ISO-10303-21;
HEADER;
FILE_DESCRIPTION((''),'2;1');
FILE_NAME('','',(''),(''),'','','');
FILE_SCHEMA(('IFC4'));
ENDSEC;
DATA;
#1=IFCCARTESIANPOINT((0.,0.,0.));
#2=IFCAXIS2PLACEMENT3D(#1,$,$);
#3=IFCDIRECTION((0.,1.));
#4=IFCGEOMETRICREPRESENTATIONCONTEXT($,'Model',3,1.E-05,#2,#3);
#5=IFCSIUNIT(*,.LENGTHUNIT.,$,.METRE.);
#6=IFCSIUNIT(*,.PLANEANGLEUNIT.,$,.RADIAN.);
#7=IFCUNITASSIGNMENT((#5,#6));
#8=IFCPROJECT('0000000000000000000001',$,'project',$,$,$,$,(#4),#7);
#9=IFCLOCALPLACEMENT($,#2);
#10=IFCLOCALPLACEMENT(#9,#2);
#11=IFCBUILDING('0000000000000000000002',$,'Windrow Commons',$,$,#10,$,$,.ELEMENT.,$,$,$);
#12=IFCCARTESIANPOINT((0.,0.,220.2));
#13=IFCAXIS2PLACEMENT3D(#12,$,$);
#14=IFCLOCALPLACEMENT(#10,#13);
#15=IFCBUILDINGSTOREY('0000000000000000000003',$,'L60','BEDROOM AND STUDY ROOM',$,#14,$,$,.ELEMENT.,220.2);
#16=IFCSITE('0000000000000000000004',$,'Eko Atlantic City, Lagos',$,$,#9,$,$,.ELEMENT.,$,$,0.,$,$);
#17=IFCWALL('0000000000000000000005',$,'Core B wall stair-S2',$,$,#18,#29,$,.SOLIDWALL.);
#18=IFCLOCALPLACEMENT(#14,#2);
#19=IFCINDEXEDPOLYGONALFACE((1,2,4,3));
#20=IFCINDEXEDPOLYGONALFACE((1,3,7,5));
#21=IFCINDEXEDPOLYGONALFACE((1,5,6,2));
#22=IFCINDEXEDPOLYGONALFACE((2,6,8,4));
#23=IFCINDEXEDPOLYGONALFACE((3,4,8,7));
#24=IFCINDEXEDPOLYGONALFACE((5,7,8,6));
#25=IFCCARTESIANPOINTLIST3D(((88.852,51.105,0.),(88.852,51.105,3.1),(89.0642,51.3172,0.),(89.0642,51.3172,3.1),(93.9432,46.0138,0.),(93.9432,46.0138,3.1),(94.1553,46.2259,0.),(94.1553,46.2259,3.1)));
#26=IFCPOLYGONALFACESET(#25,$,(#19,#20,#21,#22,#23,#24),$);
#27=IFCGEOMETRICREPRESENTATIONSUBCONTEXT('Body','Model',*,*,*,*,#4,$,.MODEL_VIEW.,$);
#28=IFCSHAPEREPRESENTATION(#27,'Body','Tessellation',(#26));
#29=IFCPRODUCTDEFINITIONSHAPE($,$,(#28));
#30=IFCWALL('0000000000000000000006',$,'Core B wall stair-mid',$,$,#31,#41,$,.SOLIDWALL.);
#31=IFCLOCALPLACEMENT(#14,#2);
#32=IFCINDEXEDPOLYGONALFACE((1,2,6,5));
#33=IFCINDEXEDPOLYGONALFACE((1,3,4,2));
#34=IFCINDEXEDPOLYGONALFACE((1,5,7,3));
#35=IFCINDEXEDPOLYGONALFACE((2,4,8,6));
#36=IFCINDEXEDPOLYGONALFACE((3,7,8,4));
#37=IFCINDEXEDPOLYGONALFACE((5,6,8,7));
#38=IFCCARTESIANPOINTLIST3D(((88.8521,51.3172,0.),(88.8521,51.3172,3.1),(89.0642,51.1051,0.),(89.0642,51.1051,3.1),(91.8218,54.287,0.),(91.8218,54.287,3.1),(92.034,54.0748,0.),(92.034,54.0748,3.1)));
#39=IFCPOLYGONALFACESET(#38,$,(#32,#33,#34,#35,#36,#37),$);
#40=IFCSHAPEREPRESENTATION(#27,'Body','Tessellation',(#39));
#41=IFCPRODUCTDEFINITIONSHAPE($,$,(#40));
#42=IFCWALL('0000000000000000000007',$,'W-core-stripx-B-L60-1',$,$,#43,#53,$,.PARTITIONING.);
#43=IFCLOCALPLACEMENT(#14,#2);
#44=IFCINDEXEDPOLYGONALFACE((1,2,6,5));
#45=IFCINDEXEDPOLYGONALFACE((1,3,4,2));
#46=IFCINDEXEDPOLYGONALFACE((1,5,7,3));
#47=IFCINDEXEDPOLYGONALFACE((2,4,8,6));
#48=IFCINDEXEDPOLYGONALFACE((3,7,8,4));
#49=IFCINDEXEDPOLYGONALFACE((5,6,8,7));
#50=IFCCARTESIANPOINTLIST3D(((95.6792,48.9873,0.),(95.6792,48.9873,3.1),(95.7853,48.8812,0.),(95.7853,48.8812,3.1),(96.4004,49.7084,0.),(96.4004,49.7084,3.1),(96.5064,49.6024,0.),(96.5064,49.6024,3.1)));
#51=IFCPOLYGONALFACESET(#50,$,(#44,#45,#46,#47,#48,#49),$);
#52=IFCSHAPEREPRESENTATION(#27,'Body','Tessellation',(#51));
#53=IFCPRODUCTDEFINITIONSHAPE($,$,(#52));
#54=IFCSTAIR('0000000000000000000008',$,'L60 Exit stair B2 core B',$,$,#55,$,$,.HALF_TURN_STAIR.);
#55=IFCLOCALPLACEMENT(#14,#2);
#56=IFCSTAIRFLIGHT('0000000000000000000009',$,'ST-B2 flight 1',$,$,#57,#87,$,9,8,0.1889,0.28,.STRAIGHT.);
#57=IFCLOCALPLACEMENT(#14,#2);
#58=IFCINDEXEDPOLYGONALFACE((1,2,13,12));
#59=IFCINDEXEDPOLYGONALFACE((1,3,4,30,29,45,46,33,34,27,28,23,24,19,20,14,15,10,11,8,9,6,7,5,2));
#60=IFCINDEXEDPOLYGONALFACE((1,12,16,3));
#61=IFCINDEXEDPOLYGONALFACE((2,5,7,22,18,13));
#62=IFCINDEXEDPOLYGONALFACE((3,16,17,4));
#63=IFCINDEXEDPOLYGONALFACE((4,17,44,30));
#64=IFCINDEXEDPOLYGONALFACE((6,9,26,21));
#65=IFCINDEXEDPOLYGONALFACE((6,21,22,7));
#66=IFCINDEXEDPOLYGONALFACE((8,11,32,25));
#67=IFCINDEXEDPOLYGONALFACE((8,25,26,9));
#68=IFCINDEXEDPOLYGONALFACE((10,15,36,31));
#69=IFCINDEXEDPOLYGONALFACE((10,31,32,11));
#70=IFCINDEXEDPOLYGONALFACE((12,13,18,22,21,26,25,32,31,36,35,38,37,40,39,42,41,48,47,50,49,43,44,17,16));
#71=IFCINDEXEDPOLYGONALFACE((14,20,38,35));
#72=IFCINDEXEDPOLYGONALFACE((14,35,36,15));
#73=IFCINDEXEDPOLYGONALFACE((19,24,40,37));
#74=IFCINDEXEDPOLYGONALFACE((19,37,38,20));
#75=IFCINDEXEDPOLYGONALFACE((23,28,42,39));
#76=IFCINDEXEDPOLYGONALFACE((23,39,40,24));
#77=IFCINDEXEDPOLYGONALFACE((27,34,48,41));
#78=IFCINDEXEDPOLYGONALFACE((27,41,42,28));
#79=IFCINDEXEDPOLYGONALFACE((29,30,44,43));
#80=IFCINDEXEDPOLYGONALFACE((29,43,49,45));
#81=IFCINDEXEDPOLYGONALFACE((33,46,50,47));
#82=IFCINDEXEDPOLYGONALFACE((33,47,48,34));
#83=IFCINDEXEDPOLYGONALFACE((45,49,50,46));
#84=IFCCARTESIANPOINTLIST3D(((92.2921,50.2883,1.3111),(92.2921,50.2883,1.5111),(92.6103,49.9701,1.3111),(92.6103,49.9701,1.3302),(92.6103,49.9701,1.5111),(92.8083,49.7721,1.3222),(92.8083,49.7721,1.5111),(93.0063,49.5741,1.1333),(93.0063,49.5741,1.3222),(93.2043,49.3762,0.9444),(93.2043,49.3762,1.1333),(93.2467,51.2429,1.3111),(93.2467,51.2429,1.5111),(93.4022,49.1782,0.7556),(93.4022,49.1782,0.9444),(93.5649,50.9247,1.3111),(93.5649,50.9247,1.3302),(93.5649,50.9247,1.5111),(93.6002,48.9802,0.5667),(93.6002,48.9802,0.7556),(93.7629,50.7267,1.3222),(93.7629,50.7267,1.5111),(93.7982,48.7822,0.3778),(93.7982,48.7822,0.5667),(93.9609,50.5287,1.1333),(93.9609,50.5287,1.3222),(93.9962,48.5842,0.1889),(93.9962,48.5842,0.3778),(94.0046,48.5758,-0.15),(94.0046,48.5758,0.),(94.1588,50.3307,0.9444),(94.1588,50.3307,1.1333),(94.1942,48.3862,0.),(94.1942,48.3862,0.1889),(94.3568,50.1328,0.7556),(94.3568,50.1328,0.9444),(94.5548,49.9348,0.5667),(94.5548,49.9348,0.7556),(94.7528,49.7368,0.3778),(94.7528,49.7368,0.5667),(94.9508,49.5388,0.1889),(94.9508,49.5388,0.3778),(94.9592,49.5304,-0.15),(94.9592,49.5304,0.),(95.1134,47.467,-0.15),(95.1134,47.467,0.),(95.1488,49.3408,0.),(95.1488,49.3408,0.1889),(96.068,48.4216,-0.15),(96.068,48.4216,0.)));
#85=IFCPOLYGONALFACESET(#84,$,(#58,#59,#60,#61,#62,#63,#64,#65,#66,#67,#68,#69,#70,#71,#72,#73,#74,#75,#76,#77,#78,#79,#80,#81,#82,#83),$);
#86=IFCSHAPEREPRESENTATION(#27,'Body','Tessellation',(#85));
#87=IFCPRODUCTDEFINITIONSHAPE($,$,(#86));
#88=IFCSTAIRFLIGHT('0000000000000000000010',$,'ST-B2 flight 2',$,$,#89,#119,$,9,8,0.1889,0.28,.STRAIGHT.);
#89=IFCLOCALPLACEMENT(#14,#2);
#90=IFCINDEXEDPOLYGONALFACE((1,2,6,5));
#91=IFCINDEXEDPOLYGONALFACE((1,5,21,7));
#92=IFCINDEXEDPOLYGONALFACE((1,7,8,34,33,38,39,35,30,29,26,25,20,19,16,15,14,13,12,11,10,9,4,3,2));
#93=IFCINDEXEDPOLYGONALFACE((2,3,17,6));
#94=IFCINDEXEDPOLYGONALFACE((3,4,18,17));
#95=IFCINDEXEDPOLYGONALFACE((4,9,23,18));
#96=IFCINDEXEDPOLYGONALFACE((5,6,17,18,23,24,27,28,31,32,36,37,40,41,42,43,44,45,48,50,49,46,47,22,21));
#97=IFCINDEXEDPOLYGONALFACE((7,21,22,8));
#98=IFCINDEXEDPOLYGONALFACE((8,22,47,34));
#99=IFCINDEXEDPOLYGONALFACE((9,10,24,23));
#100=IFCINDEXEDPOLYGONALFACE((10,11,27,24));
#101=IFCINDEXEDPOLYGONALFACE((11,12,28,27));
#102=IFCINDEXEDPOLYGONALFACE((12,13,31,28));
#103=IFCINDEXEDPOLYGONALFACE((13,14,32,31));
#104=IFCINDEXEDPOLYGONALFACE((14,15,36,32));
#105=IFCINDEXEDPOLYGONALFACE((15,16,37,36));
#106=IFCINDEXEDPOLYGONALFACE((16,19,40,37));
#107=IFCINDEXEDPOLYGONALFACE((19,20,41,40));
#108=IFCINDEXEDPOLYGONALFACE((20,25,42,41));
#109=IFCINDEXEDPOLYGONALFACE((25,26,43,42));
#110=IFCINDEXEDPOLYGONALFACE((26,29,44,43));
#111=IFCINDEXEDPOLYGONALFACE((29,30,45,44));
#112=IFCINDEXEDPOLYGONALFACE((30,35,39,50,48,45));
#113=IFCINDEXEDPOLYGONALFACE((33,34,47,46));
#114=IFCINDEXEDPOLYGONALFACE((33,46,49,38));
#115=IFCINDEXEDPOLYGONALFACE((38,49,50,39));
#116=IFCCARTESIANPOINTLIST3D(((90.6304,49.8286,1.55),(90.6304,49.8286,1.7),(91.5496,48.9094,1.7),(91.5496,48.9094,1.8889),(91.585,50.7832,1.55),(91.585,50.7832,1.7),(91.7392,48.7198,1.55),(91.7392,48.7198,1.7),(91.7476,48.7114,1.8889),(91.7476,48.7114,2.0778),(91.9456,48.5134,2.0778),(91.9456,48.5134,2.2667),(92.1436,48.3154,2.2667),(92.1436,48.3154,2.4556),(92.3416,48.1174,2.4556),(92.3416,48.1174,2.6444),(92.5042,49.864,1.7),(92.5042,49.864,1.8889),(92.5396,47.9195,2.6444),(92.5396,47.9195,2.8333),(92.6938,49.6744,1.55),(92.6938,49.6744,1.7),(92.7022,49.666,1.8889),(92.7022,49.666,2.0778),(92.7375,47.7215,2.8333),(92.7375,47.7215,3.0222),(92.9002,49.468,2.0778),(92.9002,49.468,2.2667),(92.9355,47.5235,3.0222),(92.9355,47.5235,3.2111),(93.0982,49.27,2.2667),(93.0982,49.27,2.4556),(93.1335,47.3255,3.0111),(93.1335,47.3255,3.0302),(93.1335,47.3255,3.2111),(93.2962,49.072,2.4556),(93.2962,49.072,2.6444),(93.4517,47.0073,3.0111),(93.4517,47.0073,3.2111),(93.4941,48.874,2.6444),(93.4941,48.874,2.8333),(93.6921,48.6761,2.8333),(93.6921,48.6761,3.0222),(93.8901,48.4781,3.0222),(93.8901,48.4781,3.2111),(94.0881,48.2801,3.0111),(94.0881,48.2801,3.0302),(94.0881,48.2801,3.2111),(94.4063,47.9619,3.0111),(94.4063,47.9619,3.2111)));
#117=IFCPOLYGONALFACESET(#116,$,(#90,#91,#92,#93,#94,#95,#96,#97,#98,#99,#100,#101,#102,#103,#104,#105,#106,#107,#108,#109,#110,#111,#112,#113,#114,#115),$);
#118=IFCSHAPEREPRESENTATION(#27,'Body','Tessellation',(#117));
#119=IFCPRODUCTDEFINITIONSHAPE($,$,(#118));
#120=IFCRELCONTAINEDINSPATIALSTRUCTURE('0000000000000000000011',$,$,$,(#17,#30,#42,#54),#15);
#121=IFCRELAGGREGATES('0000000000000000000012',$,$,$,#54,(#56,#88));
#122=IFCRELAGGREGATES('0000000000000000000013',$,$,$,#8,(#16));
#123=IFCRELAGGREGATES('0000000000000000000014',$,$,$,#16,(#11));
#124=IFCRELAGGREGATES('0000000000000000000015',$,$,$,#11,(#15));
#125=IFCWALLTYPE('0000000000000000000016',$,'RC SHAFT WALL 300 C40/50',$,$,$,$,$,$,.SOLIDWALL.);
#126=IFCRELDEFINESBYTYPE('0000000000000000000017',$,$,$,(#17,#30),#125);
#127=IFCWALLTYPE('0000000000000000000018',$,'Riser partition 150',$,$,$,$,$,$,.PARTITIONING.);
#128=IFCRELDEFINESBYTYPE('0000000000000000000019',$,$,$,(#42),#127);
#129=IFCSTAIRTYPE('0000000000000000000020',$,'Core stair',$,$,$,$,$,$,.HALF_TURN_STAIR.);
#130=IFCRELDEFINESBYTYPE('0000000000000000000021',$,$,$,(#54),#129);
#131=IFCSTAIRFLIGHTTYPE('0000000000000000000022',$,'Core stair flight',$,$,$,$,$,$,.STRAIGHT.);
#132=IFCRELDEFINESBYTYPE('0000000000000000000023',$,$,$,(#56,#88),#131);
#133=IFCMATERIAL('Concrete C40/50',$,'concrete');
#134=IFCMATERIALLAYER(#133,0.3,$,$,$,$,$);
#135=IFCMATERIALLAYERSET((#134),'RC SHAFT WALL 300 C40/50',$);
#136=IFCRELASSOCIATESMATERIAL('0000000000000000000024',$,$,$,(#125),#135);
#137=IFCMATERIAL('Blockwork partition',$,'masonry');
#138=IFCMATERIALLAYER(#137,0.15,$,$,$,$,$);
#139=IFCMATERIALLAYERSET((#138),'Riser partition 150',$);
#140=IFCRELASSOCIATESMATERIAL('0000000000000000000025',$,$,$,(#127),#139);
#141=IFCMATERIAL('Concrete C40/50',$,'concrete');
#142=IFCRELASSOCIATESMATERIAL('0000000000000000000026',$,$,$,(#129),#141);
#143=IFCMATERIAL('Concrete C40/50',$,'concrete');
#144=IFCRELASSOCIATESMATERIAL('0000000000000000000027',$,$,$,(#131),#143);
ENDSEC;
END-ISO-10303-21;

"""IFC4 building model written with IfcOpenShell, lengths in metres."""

from ifc_helpers import new_model, si_unit, direction, frame, frame_2d, origin, place, context, subcontext, project, spatial, polyline, rectangle, outline, extrude, material, layer, layer_set, type_object, element, aggregate, save


model = new_model("IFC4")

# Units and contexts
model_context = context("Model", 3, precision=1e-05, world=origin(), true_north=direction((0.0, 1.0)))
body_context = subcontext(model_context, "Body", "Model", "MODEL_VIEW")
ifc_project = project(units=[si_unit("LENGTHUNIT", "METRE"), si_unit("PLANEANGLEUNIT", "RADIAN")], contexts=[model_context])

# Site, building, storey
site_placement = place(None, origin())
site = spatial("IfcSite", under=ifc_project, at=site_placement, Name="Eko Atlantic City, Lagos", CompositionType="ELEMENT", RefElevation=0.0)
building_placement = place(site_placement, origin())
building = spatial("IfcBuilding", under=site, at=building_placement, Name="Windrow Commons", CompositionType="ELEMENT")
storey_placement = place(building_placement, frame((0.0, 0.0, 220.2)))
storey = spatial("IfcBuildingStorey", under=building, at=storey_placement, Name="L60", Description="BEDROOM AND STUDY ROOM", CompositionType="ELEMENT", Elevation=220.2)

# Walls
ifc_material_1 = material(Name="Concrete C40/50", Category="concrete")
ifc_layer_1 = layer(ifc_material_1, 0.3)
ifc_layer_set_1 = layer_set([ifc_layer_1], Name="RC SHAFT WALL 300 C40/50")
wall_type_1 = type_object("IfcWallType", Name="RC SHAFT WALL 300 C40/50", PredefinedType="SOLIDWALL", material=ifc_layer_set_1)
wall_1_placement = place(storey_placement, frame((88.9581, 51.2111, 0.0), z_axis=(0.0, 0.0, 1.0), x_axis=(0.7071, -0.707114, 0.0)))
element("IfcWall", 1, at=wall_1_placement, inside=storey, type_object=wall_type_1, Name="Core B wall stair-S2", PredefinedType="SOLIDWALL", context=body_context, shape_type="SweptSolid", body=[
    extrude(rectangle(XDim=7.2, YDim=0.3, at=frame_2d((3.6, 0.0))), origin(), (0.0, 0.0, 1.0), 3.1),
])
wall_2_placement = place(storey_placement, frame((88.9581, 51.2111, 0.0), z_axis=(0.0, 0.0, 1.0), x_axis=(0.707107, 0.707107, 0.0)))
element("IfcWall", 2, at=wall_2_placement, inside=storey, type_object=wall_type_1, Name="Core B wall stair-mid", PredefinedType="SOLIDWALL", context=body_context, shape_type="SweptSolid", body=[
    extrude(rectangle(XDim=4.1999, YDim=0.3, at=frame_2d((2.1, 0.0))), origin(), (0.0, 0.0, 1.0), 3.1),
])
ifc_material_2 = material(Name="Blockwork partition", Category="masonry")
ifc_layer_2 = layer(ifc_material_2, 0.15)
ifc_layer_set_2 = layer_set([ifc_layer_2], Name="Riser partition 150")
wall_type_2 = type_object("IfcWallType", Name="Riser partition 150", PredefinedType="PARTITIONING", material=ifc_layer_set_2)
wall_3_placement = place(storey_placement, frame((95.7322, 48.9342, 0.0), z_axis=(0.0, 0.0, 1.0), x_axis=(0.707107, 0.707107, 0.0)))
element("IfcWall", 3, at=wall_3_placement, inside=storey, type_object=wall_type_2, Name="W-core-stripx-B-L60-1", PredefinedType="PARTITIONING", context=body_context, shape_type="SweptSolid", body=[
    extrude(rectangle(XDim=1.0199, YDim=0.15, at=frame_2d((0.51, 0.0))), origin(), (0.0, 0.0, 1.0), 3.1),
])

# Stair, stair flights
ifc_material_3 = material(Name="Concrete C40/50", Category="concrete")
stair_type = type_object("IfcStairType", Name="Core stair", PredefinedType="HALF_TURN_STAIR", material=ifc_material_3)
stair_placement = place(storey_placement, origin())
stair = element("IfcStair", 4, at=stair_placement, inside=storey, type_object=stair_type, Name="L60 Exit stair B2 core B", PredefinedType="HALF_TURN_STAIR")
ifc_material_4 = material(Name="Concrete C40/50", Category="concrete")
stair_flight_type = type_object("IfcStairFlightType", Name="Core stair flight", PredefinedType="STRAIGHT", material=ifc_material_4)
stair_flight_1_placement = place(storey_placement, frame((94.6715, 48.8635, 0.0), z_axis=(0.0, 0.0, 1.0), x_axis=(-0.707107, 0.707107, 0.0)))
stair_flight_1 = element("IfcStairFlight", 5, at=stair_flight_1_placement, type_object=stair_flight_type, Name="ST-B2 flight 1", NumberOfRisers=9, NumberOfTreads=8, PredefinedType="STRAIGHT", RiserHeight=0.1889, TreadLength=0.28, context=body_context, shape_type="SweptSolid", body=[
    extrude(outline(polyline([(-1.3, -0.15), (-1.3, 0.0), (0.0, 0.0), (0.0, 0.1889), (0.28, 0.1889), (0.28, 0.3778), (0.56, 0.3778), (0.56, 0.5667), (0.84, 0.5667), (0.84, 0.7556), (1.12, 0.7556), (1.12, 0.9444), (1.4, 0.9444), (1.4, 1.1333), (1.68, 1.1333), (1.68, 1.3222), (1.96, 1.3222), (1.96, 1.5111), (2.24, 1.5111), (2.69, 1.5111), (2.69, 1.3111), (2.24, 1.3111), (2.24, 1.3302), (0.2682, 0.0), (0.2682, -0.15), (-1.3, -0.15)])), frame((0.0, 0.675, 0.0), z_axis=(0.0, -1.0, 0.0), x_axis=(1.0, 0.0, 0.0)), (0.0, 0.0, 1.0), 1.35),
])
stair_flight_2_placement = place(storey_placement, frame((92.0269, 49.3867, 1.7), z_axis=(0.0, 0.0, 1.0), x_axis=(0.707107, -0.707107, 0.0)))
stair_flight_2 = element("IfcStairFlight", 6, at=stair_flight_2_placement, type_object=stair_flight_type, Name="ST-B2 flight 2", NumberOfRisers=9, NumberOfTreads=8, PredefinedType="STRAIGHT", RiserHeight=0.1889, TreadLength=0.28, context=body_context, shape_type="SweptSolid", body=[
    extrude(outline(polyline([(-1.3, -0.15), (-1.3, 0.0), (0.0, 0.0), (0.0, 0.1889), (0.28, 0.1889), (0.28, 0.3778), (0.56, 0.3778), (0.56, 0.5667), (0.84, 0.5667), (0.84, 0.7556), (1.12, 0.7556), (1.12, 0.9444), (1.4, 0.9444), (1.4, 1.1333), (1.68, 1.1333), (1.68, 1.3222), (1.96, 1.3222), (1.96, 1.5111), (2.24, 1.5111), (2.69, 1.5111), (2.69, 1.3111), (2.24, 1.3111), (2.24, 1.3302), (0.2682, 0.0), (0.2682, -0.15), (-1.3, -0.15)])), frame((0.0, 0.675, 0.0), z_axis=(0.0, -1.0, 0.0), x_axis=(1.0, 0.0, 0.0)), (0.0, 0.0, 1.0), 1.35),
])
aggregate(stair, [stair_flight_1, stair_flight_2])

save(model, "model.ifc")
